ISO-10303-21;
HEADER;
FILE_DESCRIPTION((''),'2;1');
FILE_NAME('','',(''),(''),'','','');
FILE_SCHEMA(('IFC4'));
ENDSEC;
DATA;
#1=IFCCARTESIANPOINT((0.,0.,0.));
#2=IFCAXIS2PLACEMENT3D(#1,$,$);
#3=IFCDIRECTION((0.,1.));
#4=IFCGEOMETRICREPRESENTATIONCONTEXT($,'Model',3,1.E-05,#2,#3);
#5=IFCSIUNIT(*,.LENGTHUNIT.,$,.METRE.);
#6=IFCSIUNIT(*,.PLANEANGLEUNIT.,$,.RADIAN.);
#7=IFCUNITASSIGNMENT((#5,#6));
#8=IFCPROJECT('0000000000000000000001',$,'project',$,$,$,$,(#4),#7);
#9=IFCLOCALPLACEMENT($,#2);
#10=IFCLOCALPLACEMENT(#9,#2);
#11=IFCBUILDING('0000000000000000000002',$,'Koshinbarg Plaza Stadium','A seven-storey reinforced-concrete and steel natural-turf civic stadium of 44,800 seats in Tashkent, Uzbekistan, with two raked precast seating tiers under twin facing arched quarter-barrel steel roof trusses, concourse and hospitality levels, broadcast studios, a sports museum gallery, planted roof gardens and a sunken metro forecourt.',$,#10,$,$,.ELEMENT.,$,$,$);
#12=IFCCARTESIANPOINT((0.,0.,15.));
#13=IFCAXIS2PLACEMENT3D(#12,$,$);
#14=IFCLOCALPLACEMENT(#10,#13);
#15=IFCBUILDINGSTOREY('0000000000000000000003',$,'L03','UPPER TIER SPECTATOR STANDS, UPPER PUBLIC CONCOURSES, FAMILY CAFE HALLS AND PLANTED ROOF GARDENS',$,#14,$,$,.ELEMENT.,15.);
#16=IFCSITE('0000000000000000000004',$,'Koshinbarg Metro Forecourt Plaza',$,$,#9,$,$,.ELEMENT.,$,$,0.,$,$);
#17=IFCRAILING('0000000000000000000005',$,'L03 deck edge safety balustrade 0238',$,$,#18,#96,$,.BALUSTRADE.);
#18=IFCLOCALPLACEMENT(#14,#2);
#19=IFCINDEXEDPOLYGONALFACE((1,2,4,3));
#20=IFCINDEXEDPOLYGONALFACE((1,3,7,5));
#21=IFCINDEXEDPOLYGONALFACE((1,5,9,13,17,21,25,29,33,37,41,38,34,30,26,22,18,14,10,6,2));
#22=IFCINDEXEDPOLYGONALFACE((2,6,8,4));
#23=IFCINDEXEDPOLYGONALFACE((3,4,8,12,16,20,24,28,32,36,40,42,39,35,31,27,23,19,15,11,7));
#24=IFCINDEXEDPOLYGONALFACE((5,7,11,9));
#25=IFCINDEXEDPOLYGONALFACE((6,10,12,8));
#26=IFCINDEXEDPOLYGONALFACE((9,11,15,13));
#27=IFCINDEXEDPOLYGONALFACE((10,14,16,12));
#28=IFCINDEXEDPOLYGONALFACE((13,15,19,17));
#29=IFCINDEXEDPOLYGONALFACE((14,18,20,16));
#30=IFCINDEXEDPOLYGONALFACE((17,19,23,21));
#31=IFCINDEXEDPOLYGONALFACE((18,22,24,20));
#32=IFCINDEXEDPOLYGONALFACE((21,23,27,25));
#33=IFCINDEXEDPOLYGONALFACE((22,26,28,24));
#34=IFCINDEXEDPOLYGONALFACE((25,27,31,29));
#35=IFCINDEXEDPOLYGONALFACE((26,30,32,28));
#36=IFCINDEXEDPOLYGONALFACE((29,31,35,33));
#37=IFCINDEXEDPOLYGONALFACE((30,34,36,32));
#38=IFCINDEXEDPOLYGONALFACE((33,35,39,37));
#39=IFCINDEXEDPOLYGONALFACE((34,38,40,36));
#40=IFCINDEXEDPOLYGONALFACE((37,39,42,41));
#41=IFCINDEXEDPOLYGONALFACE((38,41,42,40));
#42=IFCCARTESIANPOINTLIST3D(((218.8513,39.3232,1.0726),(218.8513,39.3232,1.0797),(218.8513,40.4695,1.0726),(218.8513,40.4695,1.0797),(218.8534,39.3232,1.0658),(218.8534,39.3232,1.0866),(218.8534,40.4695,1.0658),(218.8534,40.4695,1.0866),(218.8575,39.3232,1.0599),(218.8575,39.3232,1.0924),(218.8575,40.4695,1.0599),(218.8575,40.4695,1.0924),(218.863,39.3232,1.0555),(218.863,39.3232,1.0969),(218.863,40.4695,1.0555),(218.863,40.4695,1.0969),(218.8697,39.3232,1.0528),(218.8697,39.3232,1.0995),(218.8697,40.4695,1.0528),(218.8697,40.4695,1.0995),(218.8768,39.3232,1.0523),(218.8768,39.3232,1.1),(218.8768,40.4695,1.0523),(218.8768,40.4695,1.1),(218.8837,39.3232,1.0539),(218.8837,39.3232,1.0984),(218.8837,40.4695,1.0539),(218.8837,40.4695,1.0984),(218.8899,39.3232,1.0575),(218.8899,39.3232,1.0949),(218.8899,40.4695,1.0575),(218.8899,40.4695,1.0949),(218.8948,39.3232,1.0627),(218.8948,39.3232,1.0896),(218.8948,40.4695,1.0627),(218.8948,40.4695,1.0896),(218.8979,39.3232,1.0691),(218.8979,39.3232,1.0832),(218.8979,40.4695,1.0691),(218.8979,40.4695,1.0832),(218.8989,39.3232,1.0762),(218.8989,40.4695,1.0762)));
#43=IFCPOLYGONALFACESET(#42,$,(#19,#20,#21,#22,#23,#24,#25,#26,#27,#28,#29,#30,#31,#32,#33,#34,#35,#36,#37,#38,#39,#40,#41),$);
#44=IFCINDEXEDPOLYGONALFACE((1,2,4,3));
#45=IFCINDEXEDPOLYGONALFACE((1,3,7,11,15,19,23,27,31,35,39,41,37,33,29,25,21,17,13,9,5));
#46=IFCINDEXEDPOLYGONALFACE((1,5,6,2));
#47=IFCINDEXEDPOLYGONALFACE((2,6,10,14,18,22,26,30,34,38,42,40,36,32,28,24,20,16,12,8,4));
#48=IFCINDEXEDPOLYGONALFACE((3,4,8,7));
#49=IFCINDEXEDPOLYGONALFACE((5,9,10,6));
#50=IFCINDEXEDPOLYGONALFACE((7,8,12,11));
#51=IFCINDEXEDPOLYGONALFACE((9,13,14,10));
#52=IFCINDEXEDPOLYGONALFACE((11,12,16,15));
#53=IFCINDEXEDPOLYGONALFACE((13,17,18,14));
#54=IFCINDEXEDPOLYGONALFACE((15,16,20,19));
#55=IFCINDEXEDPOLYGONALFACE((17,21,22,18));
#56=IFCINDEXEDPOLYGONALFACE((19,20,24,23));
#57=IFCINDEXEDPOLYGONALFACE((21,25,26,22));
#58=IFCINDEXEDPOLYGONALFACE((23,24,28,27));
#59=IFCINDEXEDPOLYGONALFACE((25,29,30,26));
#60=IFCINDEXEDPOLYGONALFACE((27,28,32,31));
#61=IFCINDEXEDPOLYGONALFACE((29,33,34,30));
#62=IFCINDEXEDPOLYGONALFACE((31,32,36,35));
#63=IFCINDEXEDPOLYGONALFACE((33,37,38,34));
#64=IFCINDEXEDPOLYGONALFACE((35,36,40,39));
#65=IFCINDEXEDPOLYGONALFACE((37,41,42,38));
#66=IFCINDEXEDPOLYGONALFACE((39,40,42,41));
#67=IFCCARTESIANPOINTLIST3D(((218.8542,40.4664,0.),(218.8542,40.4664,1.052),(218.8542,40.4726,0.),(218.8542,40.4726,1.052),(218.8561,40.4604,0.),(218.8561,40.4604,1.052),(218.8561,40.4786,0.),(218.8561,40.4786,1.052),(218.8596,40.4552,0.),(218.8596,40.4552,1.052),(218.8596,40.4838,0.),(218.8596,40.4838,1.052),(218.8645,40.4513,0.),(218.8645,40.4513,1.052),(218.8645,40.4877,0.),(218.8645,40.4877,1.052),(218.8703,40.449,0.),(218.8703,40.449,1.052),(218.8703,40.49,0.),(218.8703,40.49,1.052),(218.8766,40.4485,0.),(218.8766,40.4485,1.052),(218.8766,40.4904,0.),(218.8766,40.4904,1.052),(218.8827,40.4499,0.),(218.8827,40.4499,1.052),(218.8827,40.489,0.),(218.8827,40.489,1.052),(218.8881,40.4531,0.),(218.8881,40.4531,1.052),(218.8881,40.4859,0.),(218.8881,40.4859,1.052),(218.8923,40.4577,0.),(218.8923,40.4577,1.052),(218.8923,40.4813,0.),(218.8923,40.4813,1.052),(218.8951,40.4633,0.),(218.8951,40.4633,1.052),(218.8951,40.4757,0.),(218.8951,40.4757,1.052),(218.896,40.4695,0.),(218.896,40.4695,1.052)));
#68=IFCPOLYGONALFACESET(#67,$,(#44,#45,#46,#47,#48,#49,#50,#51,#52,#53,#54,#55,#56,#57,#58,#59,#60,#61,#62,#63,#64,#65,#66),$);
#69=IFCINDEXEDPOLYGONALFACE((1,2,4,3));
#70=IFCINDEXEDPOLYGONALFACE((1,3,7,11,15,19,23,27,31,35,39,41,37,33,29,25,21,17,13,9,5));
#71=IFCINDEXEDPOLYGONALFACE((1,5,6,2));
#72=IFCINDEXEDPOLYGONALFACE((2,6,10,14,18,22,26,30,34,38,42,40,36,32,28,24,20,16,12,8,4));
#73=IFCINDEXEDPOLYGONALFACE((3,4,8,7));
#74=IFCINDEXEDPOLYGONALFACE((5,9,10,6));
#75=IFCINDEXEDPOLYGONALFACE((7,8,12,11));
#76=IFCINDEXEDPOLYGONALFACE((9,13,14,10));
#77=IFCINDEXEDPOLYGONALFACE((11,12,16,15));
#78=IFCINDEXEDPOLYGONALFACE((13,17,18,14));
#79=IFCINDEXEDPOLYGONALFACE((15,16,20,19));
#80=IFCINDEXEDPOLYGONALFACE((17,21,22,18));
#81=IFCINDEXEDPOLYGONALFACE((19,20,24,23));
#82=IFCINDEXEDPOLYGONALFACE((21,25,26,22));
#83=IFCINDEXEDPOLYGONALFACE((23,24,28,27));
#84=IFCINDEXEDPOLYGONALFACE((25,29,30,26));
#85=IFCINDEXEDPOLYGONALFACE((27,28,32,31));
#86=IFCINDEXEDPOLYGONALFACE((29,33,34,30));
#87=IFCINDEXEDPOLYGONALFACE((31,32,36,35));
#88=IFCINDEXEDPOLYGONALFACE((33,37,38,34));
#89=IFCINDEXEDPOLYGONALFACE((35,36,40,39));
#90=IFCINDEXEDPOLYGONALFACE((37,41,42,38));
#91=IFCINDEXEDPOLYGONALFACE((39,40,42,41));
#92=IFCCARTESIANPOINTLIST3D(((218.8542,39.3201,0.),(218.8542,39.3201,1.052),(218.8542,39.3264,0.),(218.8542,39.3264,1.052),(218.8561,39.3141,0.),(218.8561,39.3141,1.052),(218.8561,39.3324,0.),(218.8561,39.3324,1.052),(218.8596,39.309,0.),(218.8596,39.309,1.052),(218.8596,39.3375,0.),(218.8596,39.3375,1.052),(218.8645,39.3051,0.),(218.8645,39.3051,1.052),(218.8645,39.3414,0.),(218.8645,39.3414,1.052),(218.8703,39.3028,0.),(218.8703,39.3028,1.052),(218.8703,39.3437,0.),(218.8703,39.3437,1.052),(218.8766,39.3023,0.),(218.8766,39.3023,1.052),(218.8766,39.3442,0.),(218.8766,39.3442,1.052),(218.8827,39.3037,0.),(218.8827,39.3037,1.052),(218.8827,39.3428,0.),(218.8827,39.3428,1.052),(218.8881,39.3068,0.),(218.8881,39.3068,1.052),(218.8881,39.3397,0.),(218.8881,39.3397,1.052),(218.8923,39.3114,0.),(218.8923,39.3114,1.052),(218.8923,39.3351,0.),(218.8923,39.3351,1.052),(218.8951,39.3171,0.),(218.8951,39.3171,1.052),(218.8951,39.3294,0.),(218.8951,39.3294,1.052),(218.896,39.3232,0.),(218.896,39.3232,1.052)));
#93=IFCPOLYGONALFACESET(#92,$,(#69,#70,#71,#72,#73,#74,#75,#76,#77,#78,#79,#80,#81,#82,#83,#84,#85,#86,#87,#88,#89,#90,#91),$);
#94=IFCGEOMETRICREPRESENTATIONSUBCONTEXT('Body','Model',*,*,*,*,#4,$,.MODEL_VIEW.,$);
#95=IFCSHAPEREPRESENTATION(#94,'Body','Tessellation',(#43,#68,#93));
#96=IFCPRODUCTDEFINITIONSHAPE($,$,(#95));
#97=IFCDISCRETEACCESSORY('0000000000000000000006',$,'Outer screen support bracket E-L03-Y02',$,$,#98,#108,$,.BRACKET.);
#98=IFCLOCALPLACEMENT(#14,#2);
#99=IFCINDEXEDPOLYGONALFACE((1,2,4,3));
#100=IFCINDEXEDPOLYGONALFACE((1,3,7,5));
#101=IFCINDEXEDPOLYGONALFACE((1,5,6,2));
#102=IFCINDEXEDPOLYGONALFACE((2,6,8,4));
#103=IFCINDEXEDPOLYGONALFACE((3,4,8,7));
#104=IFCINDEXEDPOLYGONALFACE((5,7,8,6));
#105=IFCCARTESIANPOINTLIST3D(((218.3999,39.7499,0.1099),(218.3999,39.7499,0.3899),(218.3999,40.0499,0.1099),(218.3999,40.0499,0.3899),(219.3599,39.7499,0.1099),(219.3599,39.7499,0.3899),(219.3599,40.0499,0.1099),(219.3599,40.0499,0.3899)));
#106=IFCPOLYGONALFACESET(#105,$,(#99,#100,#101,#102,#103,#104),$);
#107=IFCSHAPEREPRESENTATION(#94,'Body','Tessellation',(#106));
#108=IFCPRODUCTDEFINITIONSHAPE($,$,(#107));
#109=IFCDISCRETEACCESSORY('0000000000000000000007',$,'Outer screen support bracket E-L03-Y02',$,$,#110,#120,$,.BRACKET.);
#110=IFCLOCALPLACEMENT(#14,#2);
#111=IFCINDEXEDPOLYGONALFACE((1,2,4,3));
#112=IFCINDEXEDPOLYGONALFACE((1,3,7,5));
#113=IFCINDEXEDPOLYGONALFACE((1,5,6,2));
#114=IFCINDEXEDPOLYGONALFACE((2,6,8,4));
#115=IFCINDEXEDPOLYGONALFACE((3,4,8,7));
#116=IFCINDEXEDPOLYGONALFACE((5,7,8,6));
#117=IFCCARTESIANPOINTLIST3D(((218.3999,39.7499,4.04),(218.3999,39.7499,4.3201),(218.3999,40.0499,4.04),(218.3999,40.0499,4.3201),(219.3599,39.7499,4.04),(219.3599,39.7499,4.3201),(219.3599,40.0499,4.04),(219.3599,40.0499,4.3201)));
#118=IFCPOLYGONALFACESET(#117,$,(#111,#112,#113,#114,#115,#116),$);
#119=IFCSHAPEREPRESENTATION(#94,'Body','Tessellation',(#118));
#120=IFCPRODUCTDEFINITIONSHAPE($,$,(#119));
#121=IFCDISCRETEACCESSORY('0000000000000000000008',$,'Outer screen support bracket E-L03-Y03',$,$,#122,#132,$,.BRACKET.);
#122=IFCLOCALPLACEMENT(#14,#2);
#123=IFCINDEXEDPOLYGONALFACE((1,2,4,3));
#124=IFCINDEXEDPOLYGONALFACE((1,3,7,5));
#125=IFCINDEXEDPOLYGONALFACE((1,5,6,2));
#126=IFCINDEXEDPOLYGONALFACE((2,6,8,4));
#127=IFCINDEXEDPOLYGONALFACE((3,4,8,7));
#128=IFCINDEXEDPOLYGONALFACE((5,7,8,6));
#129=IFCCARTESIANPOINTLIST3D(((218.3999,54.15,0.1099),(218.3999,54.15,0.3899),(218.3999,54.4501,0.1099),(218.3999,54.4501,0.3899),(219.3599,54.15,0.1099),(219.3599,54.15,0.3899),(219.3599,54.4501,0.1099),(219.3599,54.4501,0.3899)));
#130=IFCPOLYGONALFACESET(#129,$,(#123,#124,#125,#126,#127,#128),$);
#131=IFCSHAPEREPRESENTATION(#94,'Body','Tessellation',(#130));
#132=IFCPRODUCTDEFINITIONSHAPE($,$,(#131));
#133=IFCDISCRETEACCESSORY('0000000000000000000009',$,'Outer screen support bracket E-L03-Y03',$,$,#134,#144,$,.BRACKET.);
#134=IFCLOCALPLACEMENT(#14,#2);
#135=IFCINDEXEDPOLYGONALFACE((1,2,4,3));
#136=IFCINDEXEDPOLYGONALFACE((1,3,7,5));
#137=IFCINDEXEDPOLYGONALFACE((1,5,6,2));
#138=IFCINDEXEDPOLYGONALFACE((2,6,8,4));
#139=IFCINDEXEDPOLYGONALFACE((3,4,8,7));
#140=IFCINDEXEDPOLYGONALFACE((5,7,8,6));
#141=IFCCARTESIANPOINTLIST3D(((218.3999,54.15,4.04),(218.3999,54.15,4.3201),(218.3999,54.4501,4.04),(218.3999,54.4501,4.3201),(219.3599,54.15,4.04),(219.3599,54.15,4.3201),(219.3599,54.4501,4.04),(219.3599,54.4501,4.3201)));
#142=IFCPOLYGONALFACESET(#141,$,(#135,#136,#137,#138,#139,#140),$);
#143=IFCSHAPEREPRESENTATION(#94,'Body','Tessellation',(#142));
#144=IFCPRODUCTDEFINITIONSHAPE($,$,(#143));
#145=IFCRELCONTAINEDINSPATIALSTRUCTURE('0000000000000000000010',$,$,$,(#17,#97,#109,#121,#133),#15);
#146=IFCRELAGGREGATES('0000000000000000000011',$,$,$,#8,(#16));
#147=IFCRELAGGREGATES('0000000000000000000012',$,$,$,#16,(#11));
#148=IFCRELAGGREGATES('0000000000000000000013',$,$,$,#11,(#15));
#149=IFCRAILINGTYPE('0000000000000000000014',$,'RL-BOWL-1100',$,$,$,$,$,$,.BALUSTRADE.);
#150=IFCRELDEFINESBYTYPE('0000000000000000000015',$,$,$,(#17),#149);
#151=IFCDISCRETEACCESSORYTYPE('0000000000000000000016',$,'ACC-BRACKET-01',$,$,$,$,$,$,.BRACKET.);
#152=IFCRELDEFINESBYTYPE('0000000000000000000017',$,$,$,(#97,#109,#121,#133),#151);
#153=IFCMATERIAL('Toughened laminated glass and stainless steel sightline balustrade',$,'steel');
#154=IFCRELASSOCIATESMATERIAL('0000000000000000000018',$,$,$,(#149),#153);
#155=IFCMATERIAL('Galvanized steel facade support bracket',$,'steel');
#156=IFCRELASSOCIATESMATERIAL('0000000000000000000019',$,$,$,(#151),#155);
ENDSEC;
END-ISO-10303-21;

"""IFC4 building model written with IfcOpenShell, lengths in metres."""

from ifc_helpers import new_model, si_unit, direction, frame, origin, origin_2d, place, context, subcontext, project, spatial, rectangle, circle, extrude, material, type_object, element, save


model = new_model("IFC4")

# Units and contexts
model_context = context("Model", 3, precision=1e-05, world=origin(), true_north=direction((0.0, 1.0)))
body_context = subcontext(model_context, "Body", "Model", "MODEL_VIEW")
ifc_project = project(units=[si_unit("LENGTHUNIT", "METRE"), si_unit("PLANEANGLEUNIT", "RADIAN")], contexts=[model_context])

# Site, building, storey
site_placement = place(None, origin())
site = spatial("IfcSite", under=ifc_project, at=site_placement, Name="Koshinbarg Metro Forecourt Plaza", CompositionType="ELEMENT", RefElevation=0.0)
building_placement = place(site_placement, origin())
building = spatial("IfcBuilding", under=site, at=building_placement, Name="Koshinbarg Plaza Stadium", Description="A seven-storey reinforced-concrete and steel natural-turf civic stadium of 44,800 seats in Tashkent, Uzbekistan, with two raked precast seating tiers under twin facing arched quarter-barrel steel roof trusses, concourse and hospitality levels, broadcast studios, a sports museum gallery, planted roof gardens and a sunken metro forecourt.", CompositionType="ELEMENT")
storey_placement = place(building_placement, frame((0.0, 0.0, 15.0)))
storey = spatial("IfcBuildingStorey", under=building, at=storey_placement, Name="L03", Description="UPPER TIER SPECTATOR STANDS, UPPER PUBLIC CONCOURSES, FAMILY CAFE HALLS AND PLANTED ROOF GARDENS", CompositionType="ELEMENT", Elevation=15.0)

# Railing
ifc_material_1 = material(Name="Toughened laminated glass and stainless steel sightline balustrade", Category="steel")
railing_type = type_object("IfcRailingType", Name="RL-BOWL-1100", PredefinedType="BALUSTRADE", material=ifc_material_1)
railing_1_placement = place(storey_placement, frame((218.875, 40.4695, 0.0)))
element("IfcRailing", 1, at=railing_1_placement, inside=storey, type_object=railing_type, Name="L03 deck edge safety balustrade 0238", PredefinedType="BALUSTRADE", context=body_context, shape_type="SweptSolid", body=[
    extrude(circle(Radius=0.0239, at=origin_2d()), frame((0.0, 0.0, 1.0762), z_axis=(0.0, -1.0, 0.0), x_axis=(1.0, 0.0, 0.0)), (0.0, 0.0, 1.0), 1.1462),
    extrude(circle(Radius=0.021, at=origin_2d()), origin(), (0.0, 0.0, 1.0), 1.052),
    extrude(circle(Radius=0.021, at=origin_2d()), frame((0.0, -1.1462, 0.0)), (0.0, 0.0, 1.0), 1.052),
])

# Discrete accessories
ifc_material_2 = material(Name="Galvanized steel facade support bracket", Category="steel")
discrete_accessory_type = type_object("IfcDiscreteAccessoryType", Name="ACC-BRACKET-01", PredefinedType="BRACKET", material=ifc_material_2)
for number, where, z_axis, x_axis, name in (
    (2, (218.8799, 39.8999, 0.1099), (0.0, 0.0, 1.0), (1.0, 0.0, 0.0), "Outer screen support bracket E-L03-Y02"),
    (3, (218.8799, 39.8999, 4.04), (0.0, 0.0, 1.0), (1.0, 0.0, 0.0), "Outer screen support bracket E-L03-Y02"),
    (4, (218.8799, 54.3, 0.1099), (0.0, 0.0, 1.0), (1.0, 0.0, 0.0), "Outer screen support bracket E-L03-Y03"),
    (5, (218.8799, 54.3, 4.04), (0.0, 0.0, 1.0), (1.0, 0.0, 0.0), "Outer screen support bracket E-L03-Y03"),
):
    element("IfcDiscreteAccessory", number, at=place(storey_placement, frame(where, z_axis=z_axis, x_axis=x_axis)), inside=storey, type_object=discrete_accessory_type, Name=name, PredefinedType="BRACKET", context=body_context, shape_type="SweptSolid", body=[
        extrude(rectangle(XDim=0.96, YDim=0.3, at=origin_2d()), origin(), (0.0, 0.0, 1.0), 0.28),
    ])

save(model, "model.ifc")
